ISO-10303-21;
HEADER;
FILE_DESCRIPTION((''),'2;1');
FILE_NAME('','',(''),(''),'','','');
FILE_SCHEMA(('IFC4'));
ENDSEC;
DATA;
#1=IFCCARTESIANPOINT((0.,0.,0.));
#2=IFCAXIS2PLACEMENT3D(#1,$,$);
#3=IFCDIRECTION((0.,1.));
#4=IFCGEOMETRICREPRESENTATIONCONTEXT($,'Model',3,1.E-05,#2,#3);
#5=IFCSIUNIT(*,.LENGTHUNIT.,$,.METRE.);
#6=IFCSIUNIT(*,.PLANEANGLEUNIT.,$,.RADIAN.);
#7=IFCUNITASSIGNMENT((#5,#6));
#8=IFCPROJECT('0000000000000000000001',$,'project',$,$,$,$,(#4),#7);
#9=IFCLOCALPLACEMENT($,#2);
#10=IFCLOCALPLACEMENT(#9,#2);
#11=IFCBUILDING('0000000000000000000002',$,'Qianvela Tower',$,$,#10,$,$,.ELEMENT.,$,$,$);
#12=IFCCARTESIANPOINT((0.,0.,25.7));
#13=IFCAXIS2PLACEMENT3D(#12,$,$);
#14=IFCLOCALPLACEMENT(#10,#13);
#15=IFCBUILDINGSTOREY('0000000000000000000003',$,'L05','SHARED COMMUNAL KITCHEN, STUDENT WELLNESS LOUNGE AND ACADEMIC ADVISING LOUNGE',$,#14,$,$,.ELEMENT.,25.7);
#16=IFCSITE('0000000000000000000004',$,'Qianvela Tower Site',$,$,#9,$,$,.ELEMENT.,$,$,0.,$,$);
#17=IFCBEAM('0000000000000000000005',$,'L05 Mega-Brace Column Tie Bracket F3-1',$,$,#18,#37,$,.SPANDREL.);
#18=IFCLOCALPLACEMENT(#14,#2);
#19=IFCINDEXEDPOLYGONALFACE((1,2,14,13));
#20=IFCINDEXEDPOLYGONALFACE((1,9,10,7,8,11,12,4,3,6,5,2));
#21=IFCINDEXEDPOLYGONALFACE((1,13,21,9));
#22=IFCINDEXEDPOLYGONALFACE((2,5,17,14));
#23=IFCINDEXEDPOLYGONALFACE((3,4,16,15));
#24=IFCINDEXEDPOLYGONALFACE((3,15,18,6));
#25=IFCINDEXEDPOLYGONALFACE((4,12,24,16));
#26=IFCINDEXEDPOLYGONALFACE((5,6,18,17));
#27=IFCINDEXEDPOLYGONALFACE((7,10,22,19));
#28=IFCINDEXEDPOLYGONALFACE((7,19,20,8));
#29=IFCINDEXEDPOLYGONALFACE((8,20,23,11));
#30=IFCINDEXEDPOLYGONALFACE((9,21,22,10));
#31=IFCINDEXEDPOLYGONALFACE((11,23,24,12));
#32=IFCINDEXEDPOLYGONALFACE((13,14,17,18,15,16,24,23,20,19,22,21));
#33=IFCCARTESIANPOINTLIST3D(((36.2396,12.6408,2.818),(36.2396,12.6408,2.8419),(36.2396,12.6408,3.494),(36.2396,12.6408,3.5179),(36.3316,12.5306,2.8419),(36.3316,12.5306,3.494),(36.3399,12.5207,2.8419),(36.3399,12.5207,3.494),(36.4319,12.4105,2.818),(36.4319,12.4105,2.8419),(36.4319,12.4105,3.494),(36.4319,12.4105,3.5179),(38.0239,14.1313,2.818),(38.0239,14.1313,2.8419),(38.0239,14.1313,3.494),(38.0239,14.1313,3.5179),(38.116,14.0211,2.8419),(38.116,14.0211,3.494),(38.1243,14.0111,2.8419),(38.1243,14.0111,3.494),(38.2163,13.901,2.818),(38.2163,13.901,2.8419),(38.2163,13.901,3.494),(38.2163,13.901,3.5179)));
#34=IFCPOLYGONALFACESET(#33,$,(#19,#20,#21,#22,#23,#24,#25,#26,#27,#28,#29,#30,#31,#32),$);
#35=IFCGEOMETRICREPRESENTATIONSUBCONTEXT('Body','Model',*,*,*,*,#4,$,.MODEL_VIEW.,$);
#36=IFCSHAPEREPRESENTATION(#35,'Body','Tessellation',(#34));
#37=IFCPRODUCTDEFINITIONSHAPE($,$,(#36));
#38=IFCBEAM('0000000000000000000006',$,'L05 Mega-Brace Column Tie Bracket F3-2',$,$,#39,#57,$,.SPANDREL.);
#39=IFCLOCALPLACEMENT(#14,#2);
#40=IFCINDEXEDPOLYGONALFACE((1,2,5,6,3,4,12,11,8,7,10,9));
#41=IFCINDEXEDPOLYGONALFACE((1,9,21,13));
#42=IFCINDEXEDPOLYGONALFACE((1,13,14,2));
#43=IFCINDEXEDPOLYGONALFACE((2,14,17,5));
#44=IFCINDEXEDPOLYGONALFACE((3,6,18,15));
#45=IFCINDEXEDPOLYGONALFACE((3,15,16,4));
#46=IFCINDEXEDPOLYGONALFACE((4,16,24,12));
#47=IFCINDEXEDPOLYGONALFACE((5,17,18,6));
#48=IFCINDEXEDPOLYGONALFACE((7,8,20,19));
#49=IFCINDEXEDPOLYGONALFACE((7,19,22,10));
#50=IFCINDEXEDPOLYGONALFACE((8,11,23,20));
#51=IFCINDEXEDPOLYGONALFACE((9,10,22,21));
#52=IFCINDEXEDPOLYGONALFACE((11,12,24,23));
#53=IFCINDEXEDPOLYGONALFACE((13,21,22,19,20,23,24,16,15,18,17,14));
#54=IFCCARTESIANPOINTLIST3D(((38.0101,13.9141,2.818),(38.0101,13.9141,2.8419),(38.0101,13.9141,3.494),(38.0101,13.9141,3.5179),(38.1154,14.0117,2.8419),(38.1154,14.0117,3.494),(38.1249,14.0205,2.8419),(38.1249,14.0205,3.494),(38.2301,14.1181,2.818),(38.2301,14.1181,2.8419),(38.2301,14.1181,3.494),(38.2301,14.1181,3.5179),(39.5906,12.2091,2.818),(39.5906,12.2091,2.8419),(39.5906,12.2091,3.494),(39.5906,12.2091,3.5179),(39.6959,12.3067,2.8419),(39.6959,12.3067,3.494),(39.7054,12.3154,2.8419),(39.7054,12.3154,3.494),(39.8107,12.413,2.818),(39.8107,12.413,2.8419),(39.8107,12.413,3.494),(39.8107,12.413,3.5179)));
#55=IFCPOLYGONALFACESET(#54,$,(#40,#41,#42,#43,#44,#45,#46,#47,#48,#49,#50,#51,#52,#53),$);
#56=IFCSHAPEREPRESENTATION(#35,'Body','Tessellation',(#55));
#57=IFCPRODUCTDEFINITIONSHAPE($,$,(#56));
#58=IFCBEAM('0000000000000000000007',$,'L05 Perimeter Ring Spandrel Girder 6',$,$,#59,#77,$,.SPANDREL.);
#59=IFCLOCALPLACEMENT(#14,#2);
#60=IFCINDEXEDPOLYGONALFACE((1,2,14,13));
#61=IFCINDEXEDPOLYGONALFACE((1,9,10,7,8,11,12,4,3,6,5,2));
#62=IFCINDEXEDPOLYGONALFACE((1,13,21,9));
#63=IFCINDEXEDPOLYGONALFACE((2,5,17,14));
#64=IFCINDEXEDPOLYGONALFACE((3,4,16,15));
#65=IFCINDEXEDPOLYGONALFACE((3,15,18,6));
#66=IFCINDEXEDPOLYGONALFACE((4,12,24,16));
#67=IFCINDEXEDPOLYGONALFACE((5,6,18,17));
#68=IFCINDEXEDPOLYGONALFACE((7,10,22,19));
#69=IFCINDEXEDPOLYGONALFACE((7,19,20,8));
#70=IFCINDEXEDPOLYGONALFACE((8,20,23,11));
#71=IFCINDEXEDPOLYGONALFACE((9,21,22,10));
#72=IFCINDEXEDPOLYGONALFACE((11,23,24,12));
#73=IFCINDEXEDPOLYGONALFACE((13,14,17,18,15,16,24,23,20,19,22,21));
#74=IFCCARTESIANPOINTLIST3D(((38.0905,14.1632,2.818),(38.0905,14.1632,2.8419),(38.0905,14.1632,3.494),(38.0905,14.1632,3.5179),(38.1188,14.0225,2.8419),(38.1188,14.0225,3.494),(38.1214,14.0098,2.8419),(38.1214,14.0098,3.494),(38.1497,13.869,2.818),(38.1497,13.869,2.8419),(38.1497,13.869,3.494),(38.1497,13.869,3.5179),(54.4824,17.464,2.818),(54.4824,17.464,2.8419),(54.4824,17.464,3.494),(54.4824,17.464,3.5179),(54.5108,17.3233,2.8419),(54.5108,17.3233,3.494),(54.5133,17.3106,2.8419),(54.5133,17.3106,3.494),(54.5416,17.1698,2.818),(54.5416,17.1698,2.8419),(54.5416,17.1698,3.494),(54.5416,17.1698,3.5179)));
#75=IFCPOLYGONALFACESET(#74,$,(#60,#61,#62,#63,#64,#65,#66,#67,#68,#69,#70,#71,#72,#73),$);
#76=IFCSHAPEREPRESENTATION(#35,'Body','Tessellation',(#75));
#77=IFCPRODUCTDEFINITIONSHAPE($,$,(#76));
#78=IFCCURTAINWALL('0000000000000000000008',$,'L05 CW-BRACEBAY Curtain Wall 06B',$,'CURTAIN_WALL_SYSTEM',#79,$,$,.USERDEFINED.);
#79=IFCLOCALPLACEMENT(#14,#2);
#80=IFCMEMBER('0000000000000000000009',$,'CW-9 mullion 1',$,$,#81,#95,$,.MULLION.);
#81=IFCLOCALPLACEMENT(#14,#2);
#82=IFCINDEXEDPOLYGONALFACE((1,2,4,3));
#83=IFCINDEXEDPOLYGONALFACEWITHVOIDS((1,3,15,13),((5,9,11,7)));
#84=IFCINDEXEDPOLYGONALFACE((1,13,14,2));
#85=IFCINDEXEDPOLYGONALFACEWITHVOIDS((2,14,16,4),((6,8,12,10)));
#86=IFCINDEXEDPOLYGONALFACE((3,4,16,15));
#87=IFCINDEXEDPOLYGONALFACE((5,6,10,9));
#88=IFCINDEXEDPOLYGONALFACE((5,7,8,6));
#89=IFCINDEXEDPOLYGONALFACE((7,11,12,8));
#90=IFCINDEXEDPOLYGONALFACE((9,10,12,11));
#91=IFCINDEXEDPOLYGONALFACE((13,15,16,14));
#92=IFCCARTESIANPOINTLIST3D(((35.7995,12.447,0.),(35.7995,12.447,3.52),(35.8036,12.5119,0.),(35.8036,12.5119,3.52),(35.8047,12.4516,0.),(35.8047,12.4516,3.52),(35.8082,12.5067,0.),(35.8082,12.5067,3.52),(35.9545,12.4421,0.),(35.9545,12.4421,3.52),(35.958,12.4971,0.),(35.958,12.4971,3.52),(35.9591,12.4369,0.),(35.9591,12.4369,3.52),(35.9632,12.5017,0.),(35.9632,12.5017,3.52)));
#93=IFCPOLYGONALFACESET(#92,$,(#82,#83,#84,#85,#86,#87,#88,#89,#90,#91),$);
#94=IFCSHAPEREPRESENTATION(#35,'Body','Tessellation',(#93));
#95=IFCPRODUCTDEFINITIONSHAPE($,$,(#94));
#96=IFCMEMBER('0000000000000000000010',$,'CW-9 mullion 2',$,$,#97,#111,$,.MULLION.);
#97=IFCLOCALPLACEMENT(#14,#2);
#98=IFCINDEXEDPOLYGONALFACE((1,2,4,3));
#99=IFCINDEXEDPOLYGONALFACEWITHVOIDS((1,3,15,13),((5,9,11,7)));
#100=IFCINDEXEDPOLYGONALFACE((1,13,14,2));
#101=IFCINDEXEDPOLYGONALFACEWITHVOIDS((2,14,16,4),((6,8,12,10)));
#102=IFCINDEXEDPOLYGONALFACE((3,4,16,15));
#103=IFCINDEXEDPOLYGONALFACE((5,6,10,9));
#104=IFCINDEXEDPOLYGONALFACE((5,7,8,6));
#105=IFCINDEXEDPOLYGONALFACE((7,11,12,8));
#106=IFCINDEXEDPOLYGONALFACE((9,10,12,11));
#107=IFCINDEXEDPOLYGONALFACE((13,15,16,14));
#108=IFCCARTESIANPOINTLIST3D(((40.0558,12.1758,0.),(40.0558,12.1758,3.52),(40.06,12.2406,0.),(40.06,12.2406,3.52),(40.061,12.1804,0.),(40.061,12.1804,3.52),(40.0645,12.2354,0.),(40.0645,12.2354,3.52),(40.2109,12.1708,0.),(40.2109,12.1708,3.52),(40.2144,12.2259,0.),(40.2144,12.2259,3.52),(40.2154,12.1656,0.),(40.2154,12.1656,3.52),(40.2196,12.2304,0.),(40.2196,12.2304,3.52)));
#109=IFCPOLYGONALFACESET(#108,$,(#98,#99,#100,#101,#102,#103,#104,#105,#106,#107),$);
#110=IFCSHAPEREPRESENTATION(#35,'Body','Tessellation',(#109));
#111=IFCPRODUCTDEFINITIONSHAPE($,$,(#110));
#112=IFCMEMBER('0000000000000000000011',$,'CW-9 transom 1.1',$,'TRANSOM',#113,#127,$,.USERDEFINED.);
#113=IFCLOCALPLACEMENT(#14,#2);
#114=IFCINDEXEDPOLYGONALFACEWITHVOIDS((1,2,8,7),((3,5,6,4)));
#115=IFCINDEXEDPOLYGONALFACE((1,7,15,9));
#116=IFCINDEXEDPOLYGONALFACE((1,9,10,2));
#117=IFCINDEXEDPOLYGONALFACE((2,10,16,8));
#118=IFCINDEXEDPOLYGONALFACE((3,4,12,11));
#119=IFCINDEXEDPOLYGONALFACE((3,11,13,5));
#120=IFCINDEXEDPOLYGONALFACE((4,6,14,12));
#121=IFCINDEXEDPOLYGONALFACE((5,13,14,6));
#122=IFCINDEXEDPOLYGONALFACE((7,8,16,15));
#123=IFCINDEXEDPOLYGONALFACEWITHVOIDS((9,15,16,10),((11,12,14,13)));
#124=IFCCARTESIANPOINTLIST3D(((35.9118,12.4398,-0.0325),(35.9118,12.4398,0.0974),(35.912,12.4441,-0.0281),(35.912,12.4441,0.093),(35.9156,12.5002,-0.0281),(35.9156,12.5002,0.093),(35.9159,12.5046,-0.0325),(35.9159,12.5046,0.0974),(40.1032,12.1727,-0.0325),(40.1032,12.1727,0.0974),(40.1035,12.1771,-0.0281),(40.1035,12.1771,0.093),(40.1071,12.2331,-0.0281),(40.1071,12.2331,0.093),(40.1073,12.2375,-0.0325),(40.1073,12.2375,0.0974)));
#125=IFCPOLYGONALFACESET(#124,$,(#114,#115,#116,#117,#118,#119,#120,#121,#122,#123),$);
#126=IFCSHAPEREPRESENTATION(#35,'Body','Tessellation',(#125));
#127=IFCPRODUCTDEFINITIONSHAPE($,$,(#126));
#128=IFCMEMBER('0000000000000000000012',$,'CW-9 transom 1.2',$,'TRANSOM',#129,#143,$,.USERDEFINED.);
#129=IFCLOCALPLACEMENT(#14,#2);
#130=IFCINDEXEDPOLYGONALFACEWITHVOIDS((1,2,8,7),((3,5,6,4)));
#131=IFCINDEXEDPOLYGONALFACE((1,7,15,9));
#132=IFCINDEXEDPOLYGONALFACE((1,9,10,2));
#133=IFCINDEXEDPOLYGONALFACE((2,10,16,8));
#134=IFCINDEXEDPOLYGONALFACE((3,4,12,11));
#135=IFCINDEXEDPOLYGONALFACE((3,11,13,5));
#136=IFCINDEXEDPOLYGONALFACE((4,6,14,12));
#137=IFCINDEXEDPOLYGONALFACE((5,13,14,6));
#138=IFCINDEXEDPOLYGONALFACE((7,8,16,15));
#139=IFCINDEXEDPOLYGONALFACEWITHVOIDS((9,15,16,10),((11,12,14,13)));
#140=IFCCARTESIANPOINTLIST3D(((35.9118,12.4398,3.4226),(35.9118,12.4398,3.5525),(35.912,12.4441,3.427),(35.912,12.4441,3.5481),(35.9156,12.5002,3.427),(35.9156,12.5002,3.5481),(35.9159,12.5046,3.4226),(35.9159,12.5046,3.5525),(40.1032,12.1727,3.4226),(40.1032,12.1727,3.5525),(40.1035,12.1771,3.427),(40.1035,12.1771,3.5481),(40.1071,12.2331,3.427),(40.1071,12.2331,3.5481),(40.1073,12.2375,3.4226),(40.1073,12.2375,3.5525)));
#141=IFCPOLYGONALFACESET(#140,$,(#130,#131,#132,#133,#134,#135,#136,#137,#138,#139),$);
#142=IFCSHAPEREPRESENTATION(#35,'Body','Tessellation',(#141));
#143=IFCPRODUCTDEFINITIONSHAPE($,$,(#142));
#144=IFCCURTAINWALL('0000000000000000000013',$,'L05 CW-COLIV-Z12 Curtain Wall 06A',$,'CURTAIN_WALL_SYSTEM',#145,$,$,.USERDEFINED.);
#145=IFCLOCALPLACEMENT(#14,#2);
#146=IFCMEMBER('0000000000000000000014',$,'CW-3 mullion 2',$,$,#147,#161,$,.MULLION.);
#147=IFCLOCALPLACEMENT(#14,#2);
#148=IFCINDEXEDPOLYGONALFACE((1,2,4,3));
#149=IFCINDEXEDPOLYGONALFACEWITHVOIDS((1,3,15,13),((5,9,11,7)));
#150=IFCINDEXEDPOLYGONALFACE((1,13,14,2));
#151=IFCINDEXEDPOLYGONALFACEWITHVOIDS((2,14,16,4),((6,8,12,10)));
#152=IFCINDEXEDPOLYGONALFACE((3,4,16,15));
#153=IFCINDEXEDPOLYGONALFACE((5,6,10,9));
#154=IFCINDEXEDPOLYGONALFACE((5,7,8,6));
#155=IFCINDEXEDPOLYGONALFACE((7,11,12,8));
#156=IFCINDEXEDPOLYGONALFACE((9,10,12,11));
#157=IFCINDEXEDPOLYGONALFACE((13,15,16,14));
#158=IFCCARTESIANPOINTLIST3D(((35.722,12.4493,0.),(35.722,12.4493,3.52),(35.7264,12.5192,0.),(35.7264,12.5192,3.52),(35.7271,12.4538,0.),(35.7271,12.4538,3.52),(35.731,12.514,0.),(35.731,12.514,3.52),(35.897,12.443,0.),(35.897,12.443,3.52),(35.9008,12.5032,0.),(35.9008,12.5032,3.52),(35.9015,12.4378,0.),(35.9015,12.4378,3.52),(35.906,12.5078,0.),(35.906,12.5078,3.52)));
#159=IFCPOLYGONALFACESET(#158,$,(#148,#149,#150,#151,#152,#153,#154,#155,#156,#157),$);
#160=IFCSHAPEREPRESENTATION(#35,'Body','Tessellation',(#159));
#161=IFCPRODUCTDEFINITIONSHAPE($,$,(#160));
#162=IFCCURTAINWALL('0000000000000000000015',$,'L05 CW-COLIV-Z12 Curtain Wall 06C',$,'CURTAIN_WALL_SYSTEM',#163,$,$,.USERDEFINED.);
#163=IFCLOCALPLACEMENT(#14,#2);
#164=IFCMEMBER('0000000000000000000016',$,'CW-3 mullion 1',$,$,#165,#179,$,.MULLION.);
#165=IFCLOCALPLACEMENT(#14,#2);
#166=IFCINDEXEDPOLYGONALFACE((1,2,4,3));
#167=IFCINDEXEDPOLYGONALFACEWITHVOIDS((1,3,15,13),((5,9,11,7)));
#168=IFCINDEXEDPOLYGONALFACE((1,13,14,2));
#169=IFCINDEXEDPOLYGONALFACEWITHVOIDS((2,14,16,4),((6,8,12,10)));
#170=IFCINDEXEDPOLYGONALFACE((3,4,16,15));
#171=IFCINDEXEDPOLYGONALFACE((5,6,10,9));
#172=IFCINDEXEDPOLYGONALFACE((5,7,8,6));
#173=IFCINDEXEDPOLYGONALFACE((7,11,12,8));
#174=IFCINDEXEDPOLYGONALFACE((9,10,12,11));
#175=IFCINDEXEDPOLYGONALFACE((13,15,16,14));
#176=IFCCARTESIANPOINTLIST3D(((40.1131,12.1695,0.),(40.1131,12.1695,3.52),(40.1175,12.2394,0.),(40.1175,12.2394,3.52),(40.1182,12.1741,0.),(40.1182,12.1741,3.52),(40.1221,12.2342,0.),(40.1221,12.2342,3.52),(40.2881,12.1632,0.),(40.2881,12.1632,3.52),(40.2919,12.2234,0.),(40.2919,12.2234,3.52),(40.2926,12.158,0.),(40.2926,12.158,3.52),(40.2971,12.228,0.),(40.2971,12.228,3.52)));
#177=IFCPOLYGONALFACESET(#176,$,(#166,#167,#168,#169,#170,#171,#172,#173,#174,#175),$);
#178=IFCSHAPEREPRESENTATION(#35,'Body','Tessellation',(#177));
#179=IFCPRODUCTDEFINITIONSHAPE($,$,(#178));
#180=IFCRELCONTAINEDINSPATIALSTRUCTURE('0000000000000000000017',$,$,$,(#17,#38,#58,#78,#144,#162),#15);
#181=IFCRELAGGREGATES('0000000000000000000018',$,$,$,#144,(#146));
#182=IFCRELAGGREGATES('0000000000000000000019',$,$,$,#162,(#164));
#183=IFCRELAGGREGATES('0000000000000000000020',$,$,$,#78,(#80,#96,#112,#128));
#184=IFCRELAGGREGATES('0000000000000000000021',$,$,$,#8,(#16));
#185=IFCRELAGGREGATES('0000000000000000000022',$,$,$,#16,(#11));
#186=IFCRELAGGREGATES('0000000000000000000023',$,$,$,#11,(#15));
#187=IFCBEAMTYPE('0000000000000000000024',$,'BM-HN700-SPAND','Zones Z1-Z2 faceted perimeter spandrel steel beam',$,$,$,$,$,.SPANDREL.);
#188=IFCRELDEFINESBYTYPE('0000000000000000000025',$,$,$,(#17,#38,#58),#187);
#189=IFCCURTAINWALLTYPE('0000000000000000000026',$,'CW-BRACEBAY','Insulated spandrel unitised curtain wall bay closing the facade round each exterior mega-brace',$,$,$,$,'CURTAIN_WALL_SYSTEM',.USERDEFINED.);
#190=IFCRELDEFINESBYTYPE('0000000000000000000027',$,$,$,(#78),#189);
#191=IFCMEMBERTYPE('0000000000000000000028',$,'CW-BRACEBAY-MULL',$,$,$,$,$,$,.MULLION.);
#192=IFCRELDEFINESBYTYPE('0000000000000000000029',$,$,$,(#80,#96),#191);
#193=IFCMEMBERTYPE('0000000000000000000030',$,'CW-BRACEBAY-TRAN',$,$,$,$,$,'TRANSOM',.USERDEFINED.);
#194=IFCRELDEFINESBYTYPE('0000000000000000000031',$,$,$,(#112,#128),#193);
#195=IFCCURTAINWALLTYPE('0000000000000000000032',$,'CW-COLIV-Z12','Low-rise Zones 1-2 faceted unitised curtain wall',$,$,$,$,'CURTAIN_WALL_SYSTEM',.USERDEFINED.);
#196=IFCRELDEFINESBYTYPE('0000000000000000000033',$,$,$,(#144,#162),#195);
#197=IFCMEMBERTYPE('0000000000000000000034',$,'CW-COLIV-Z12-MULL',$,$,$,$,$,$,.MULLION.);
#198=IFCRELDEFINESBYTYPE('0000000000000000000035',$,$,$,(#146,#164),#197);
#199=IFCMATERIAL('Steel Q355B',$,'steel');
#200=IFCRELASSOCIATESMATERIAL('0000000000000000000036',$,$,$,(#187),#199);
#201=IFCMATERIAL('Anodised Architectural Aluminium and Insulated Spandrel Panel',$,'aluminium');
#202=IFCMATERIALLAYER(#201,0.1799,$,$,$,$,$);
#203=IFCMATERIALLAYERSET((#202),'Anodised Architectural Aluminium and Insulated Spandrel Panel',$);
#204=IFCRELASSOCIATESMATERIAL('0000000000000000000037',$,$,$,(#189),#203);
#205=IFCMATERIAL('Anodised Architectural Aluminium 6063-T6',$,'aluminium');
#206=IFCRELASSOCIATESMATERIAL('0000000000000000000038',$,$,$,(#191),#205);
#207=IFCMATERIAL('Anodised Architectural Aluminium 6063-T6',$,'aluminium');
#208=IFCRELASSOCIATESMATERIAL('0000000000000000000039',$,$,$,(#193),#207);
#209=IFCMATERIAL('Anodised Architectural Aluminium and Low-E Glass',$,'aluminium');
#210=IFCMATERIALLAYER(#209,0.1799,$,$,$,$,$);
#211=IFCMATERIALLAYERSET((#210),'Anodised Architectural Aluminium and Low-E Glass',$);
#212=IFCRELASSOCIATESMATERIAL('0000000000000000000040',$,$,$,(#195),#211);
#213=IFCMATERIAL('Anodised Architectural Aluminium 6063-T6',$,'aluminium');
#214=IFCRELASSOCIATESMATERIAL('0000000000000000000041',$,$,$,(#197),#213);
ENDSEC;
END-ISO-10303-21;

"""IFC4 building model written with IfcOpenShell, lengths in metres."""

from ifc_helpers import new_model, si_unit, direction, frame, origin, origin_2d, place, context, subcontext, project, spatial, hollow_rectangle, i_section, extrude, material, layer, layer_set, material_profile, profile_set, type_object, element, aggregate, save


model = new_model("IFC4")

# Units and contexts
model_context = context("Model", 3, precision=1e-05, world=origin(), true_north=direction((0.0, 1.0)))
body_context = subcontext(model_context, "Body", "Model", "MODEL_VIEW")
ifc_project = project(units=[si_unit("LENGTHUNIT", "METRE"), si_unit("PLANEANGLEUNIT", "RADIAN")], contexts=[model_context])

# Site, building, storey
site_placement = place(None, origin())
site = spatial("IfcSite", under=ifc_project, at=site_placement, Name="Qianvela Tower Site", CompositionType="ELEMENT", RefElevation=0.0)
building_placement = place(site_placement, origin())
building = spatial("IfcBuilding", under=site, at=building_placement, Name="Qianvela Tower", CompositionType="ELEMENT")
storey_placement = place(building_placement, frame((0.0, 0.0, 25.7)))
storey = spatial("IfcBuildingStorey", under=building, at=storey_placement, Name="L05", Description="SHARED COMMUNAL KITCHEN, STUDENT WELLNESS LOUNGE AND ACADEMIC ADVISING LOUNGE", CompositionType="ELEMENT", Elevation=25.7)

# Beams
ifc_material_1 = material(Name="Steel Q355B", Category="steel")
ifc_material_profile_1 = material_profile(ifc_material_1, i_section(OverallWidth=0.3, OverallDepth=0.7, WebThickness=0.0129, FlangeThickness=0.0239, at=origin_2d()), Name="HN700x300x13x24")
ifc_profile_set_1 = profile_set([ifc_material_profile_1], Name="Steel Q355B")
beam_type_1 = type_object("IfcBeamType", Name="BM-HN700-SPAND", Description="Zones Z1-Z2 faceted perimeter spandrel steel beam", PredefinedType="SPANDREL", material=ifc_profile_set_1)
for number, where, z_axis, x_axis, name in (
    (1, (38.1201, 14.0161, 3.168), (-0.767489, -0.641062, 0.0), (0.641062, -0.767489, 0.0), "L05 Mega-Brace Column Tie Bracket F3-1"),
    (2, (38.1201, 14.0161, 3.168), (0.679823, -0.733377, 0.0), (0.733377, 0.679823, 0.0), "L05 Mega-Brace Column Tie Bracket F3-2"),
):
    element("IfcBeam", number, at=place(storey_placement, frame(where, z_axis=z_axis, x_axis=x_axis)), inside=storey, type_object=beam_type_1, Name=name, PredefinedType="SPANDREL", context=body_context, shape_type="SweptSolid", body=[
        extrude(i_section(OverallWidth=0.3, OverallDepth=0.7, WebThickness=0.0129, FlangeThickness=0.0239, at=origin_2d()), origin(), (0.0, 0.0, 1.0), 2.325),
    ])
beam_1_placement = place(storey_placement, frame((38.1201, 14.0161, 3.168), z_axis=(0.980322, 0.197405, 0.0), x_axis=(-0.197405, 0.980322, 0.0)))
element("IfcBeam", 3, at=beam_1_placement, inside=storey, type_object=beam_type_1, Name="L05 Perimeter Ring Spandrel Girder 6", PredefinedType="SPANDREL", context=body_context, shape_type="SweptSolid", body=[
    extrude(i_section(OverallWidth=0.3, OverallDepth=0.7, WebThickness=0.0129, FlangeThickness=0.0239, at=origin_2d()), origin(), (0.0, 0.0, 1.0), 16.7209),
])

# Curtain wall, members
ifc_material_2 = material(Name="Anodised Architectural Aluminium and Insulated Spandrel Panel", Category="aluminium")
ifc_layer_1 = layer(ifc_material_2, 0.1799)
ifc_layer_set_1 = layer_set([ifc_layer_1], Name="Anodised Architectural Aluminium and Insulated Spandrel Panel")
curtain_wall_type_1 = type_object("IfcCurtainWallType", Name="CW-BRACEBAY", Description="Insulated spandrel unitised curtain wall bay closing the facade round each exterior mega-brace", ElementType="CURTAIN_WALL_SYSTEM", PredefinedType="USERDEFINED", material=ifc_layer_set_1)
curtain_wall_1_placement = place(storey_placement, origin())
curtain_wall_1 = element("IfcCurtainWall", 4, at=curtain_wall_1_placement, inside=storey, type_object=curtain_wall_type_1, Name="L05 CW-BRACEBAY Curtain Wall 06B", ObjectType="CURTAIN_WALL_SYSTEM", PredefinedType="USERDEFINED")
ifc_material_3 = material(Name="Anodised Architectural Aluminium 6063-T6", Category="aluminium")
ifc_material_profile_2 = material_profile(ifc_material_3, hollow_rectangle(XDim=0.0649, YDim=0.1599, WallThickness=0.0049, at=origin_2d()), Name="ALU-MULL-65x160")
ifc_profile_set_2 = profile_set([ifc_material_profile_2], Name="Anodised Architectural Aluminium 6063-T6")
member_type_1 = type_object("IfcMemberType", Name="CW-BRACEBAY-MULL", PredefinedType="MULLION", material=ifc_profile_set_2)
member_1_placement = place(storey_placement, frame((35.8813, 12.4744, 0.0), z_axis=(0.0, 0.0, 1.0), x_axis=(0.063602, 0.997975, 0.0)))
member_1 = element("IfcMember", 5, at=member_1_placement, type_object=member_type_1, Name="CW-9 mullion 1", PredefinedType="MULLION", context=body_context, shape_type="SweptSolid", body=[
    extrude(hollow_rectangle(XDim=0.0649, YDim=0.1599, WallThickness=0.0049, at=origin_2d()), origin(), (0.0, 0.0, 1.0), 3.52),
])
member_2_placement = place(storey_placement, frame((40.1377, 12.2031, 0.0), z_axis=(0.0, 0.0, 1.0), x_axis=(0.063602, 0.997975, 0.0)))
member_2 = element("IfcMember", 6, at=member_2_placement, type_object=member_type_1, Name="CW-9 mullion 2", PredefinedType="MULLION", context=body_context, shape_type="SweptSolid", body=[
    extrude(hollow_rectangle(XDim=0.0649, YDim=0.1599, WallThickness=0.0049, at=origin_2d()), origin(), (0.0, 0.0, 1.0), 3.52),
])
ifc_material_4 = material(Name="Anodised Architectural Aluminium 6063-T6", Category="aluminium")
ifc_material_profile_3 = material_profile(ifc_material_4, hollow_rectangle(XDim=0.0649, YDim=0.1299, WallThickness=0.0044, at=origin_2d()), Name="ALU-TRAN-65x130")
ifc_profile_set_3 = profile_set([ifc_material_profile_3], Name="Anodised Architectural Aluminium 6063-T6")
member_type_2 = type_object("IfcMemberType", Name="CW-BRACEBAY-TRAN", ElementType="TRANSOM", PredefinedType="USERDEFINED", material=ifc_profile_set_3)
member_3_placement = place(storey_placement, frame((35.9138, 12.4722, 0.0325), z_axis=(0.997976, -0.063594, 0.0), x_axis=(0.063594, 0.997976, 0.0)))
member_3 = element("IfcMember", 7, at=member_3_placement, type_object=member_type_2, Name="CW-9 transom 1.1", ObjectType="TRANSOM", PredefinedType="USERDEFINED", context=body_context, shape_type="SweptSolid", body=[
    extrude(hollow_rectangle(XDim=0.0649, YDim=0.1299, WallThickness=0.0044, at=origin_2d()), origin(), (0.0, 0.0, 1.0), 4.2),
])
member_4_placement = place(storey_placement, frame((35.9138, 12.4722, 3.4875), z_axis=(0.997976, -0.063594, 0.0), x_axis=(0.063594, 0.997976, 0.0)))
member_4 = element("IfcMember", 8, at=member_4_placement, type_object=member_type_2, Name="CW-9 transom 1.2", ObjectType="TRANSOM", PredefinedType="USERDEFINED", context=body_context, shape_type="SweptSolid", body=[
    extrude(hollow_rectangle(XDim=0.0649, YDim=0.1299, WallThickness=0.0044, at=origin_2d()), origin(), (0.0, 0.0, 1.0), 4.2),
])

# Curtain wall, member
ifc_material_5 = material(Name="Anodised Architectural Aluminium and Low-E Glass", Category="aluminium")
ifc_layer_2 = layer(ifc_material_5, 0.1799)
ifc_layer_set_2 = layer_set([ifc_layer_2], Name="Anodised Architectural Aluminium and Low-E Glass")
curtain_wall_type_2 = type_object("IfcCurtainWallType", Name="CW-COLIV-Z12", Description="Low-rise Zones 1-2 faceted unitised curtain wall", ElementType="CURTAIN_WALL_SYSTEM", PredefinedType="USERDEFINED", material=ifc_layer_set_2)
curtain_wall_2_placement = place(storey_placement, origin())
curtain_wall_2 = element("IfcCurtainWall", 9, at=curtain_wall_2_placement, inside=storey, type_object=curtain_wall_type_2, Name="L05 CW-COLIV-Z12 Curtain Wall 06A", ObjectType="CURTAIN_WALL_SYSTEM", PredefinedType="USERDEFINED")
ifc_material_6 = material(Name="Anodised Architectural Aluminium 6063-T6", Category="aluminium")
ifc_material_profile_4 = material_profile(ifc_material_6, hollow_rectangle(XDim=0.0701, YDim=0.1799, WallThickness=0.0049, at=origin_2d()), Name="ALU-MULL-70x180")
ifc_profile_set_4 = profile_set([ifc_material_profile_4], Name="Anodised Architectural Aluminium 6063-T6")
member_type_3 = type_object("IfcMemberType", Name="CW-COLIV-Z12-MULL", PredefinedType="MULLION", material=ifc_profile_set_4)
member_5_placement = place(storey_placement, frame((35.814, 12.4785, 0.0), z_axis=(0.0, 0.0, 1.0), x_axis=(0.06361, 0.997975, 0.0)))
member_5 = element("IfcMember", 10, at=member_5_placement, type_object=member_type_3, Name="CW-3 mullion 2", PredefinedType="MULLION", context=body_context, shape_type="SweptSolid", body=[
    extrude(hollow_rectangle(XDim=0.0701, YDim=0.1799, WallThickness=0.0049, at=origin_2d()), origin(), (0.0, 0.0, 1.0), 3.52),
])
aggregate(curtain_wall_2, [member_5])

# Curtain wall, member
curtain_wall_3_placement = place(storey_placement, origin())
curtain_wall_3 = element("IfcCurtainWall", 11, at=curtain_wall_3_placement, inside=storey, type_object=curtain_wall_type_2, Name="L05 CW-COLIV-Z12 Curtain Wall 06C", ObjectType="CURTAIN_WALL_SYSTEM", PredefinedType="USERDEFINED")
member_6_placement = place(storey_placement, frame((40.2051, 12.1987, 0.0), z_axis=(0.0, 0.0, 1.0), x_axis=(0.063608, 0.997975, 0.0)))
member_6 = element("IfcMember", 12, at=member_6_placement, type_object=member_type_3, Name="CW-3 mullion 1", PredefinedType="MULLION", context=body_context, shape_type="SweptSolid", body=[
    extrude(hollow_rectangle(XDim=0.0701, YDim=0.1799, WallThickness=0.0049, at=origin_2d()), origin(), (0.0, 0.0, 1.0), 3.52),
])
aggregate(curtain_wall_3, [member_6])

aggregate(curtain_wall_1, [member_1, member_2, member_3, member_4])

save(model, "model.ifc")
